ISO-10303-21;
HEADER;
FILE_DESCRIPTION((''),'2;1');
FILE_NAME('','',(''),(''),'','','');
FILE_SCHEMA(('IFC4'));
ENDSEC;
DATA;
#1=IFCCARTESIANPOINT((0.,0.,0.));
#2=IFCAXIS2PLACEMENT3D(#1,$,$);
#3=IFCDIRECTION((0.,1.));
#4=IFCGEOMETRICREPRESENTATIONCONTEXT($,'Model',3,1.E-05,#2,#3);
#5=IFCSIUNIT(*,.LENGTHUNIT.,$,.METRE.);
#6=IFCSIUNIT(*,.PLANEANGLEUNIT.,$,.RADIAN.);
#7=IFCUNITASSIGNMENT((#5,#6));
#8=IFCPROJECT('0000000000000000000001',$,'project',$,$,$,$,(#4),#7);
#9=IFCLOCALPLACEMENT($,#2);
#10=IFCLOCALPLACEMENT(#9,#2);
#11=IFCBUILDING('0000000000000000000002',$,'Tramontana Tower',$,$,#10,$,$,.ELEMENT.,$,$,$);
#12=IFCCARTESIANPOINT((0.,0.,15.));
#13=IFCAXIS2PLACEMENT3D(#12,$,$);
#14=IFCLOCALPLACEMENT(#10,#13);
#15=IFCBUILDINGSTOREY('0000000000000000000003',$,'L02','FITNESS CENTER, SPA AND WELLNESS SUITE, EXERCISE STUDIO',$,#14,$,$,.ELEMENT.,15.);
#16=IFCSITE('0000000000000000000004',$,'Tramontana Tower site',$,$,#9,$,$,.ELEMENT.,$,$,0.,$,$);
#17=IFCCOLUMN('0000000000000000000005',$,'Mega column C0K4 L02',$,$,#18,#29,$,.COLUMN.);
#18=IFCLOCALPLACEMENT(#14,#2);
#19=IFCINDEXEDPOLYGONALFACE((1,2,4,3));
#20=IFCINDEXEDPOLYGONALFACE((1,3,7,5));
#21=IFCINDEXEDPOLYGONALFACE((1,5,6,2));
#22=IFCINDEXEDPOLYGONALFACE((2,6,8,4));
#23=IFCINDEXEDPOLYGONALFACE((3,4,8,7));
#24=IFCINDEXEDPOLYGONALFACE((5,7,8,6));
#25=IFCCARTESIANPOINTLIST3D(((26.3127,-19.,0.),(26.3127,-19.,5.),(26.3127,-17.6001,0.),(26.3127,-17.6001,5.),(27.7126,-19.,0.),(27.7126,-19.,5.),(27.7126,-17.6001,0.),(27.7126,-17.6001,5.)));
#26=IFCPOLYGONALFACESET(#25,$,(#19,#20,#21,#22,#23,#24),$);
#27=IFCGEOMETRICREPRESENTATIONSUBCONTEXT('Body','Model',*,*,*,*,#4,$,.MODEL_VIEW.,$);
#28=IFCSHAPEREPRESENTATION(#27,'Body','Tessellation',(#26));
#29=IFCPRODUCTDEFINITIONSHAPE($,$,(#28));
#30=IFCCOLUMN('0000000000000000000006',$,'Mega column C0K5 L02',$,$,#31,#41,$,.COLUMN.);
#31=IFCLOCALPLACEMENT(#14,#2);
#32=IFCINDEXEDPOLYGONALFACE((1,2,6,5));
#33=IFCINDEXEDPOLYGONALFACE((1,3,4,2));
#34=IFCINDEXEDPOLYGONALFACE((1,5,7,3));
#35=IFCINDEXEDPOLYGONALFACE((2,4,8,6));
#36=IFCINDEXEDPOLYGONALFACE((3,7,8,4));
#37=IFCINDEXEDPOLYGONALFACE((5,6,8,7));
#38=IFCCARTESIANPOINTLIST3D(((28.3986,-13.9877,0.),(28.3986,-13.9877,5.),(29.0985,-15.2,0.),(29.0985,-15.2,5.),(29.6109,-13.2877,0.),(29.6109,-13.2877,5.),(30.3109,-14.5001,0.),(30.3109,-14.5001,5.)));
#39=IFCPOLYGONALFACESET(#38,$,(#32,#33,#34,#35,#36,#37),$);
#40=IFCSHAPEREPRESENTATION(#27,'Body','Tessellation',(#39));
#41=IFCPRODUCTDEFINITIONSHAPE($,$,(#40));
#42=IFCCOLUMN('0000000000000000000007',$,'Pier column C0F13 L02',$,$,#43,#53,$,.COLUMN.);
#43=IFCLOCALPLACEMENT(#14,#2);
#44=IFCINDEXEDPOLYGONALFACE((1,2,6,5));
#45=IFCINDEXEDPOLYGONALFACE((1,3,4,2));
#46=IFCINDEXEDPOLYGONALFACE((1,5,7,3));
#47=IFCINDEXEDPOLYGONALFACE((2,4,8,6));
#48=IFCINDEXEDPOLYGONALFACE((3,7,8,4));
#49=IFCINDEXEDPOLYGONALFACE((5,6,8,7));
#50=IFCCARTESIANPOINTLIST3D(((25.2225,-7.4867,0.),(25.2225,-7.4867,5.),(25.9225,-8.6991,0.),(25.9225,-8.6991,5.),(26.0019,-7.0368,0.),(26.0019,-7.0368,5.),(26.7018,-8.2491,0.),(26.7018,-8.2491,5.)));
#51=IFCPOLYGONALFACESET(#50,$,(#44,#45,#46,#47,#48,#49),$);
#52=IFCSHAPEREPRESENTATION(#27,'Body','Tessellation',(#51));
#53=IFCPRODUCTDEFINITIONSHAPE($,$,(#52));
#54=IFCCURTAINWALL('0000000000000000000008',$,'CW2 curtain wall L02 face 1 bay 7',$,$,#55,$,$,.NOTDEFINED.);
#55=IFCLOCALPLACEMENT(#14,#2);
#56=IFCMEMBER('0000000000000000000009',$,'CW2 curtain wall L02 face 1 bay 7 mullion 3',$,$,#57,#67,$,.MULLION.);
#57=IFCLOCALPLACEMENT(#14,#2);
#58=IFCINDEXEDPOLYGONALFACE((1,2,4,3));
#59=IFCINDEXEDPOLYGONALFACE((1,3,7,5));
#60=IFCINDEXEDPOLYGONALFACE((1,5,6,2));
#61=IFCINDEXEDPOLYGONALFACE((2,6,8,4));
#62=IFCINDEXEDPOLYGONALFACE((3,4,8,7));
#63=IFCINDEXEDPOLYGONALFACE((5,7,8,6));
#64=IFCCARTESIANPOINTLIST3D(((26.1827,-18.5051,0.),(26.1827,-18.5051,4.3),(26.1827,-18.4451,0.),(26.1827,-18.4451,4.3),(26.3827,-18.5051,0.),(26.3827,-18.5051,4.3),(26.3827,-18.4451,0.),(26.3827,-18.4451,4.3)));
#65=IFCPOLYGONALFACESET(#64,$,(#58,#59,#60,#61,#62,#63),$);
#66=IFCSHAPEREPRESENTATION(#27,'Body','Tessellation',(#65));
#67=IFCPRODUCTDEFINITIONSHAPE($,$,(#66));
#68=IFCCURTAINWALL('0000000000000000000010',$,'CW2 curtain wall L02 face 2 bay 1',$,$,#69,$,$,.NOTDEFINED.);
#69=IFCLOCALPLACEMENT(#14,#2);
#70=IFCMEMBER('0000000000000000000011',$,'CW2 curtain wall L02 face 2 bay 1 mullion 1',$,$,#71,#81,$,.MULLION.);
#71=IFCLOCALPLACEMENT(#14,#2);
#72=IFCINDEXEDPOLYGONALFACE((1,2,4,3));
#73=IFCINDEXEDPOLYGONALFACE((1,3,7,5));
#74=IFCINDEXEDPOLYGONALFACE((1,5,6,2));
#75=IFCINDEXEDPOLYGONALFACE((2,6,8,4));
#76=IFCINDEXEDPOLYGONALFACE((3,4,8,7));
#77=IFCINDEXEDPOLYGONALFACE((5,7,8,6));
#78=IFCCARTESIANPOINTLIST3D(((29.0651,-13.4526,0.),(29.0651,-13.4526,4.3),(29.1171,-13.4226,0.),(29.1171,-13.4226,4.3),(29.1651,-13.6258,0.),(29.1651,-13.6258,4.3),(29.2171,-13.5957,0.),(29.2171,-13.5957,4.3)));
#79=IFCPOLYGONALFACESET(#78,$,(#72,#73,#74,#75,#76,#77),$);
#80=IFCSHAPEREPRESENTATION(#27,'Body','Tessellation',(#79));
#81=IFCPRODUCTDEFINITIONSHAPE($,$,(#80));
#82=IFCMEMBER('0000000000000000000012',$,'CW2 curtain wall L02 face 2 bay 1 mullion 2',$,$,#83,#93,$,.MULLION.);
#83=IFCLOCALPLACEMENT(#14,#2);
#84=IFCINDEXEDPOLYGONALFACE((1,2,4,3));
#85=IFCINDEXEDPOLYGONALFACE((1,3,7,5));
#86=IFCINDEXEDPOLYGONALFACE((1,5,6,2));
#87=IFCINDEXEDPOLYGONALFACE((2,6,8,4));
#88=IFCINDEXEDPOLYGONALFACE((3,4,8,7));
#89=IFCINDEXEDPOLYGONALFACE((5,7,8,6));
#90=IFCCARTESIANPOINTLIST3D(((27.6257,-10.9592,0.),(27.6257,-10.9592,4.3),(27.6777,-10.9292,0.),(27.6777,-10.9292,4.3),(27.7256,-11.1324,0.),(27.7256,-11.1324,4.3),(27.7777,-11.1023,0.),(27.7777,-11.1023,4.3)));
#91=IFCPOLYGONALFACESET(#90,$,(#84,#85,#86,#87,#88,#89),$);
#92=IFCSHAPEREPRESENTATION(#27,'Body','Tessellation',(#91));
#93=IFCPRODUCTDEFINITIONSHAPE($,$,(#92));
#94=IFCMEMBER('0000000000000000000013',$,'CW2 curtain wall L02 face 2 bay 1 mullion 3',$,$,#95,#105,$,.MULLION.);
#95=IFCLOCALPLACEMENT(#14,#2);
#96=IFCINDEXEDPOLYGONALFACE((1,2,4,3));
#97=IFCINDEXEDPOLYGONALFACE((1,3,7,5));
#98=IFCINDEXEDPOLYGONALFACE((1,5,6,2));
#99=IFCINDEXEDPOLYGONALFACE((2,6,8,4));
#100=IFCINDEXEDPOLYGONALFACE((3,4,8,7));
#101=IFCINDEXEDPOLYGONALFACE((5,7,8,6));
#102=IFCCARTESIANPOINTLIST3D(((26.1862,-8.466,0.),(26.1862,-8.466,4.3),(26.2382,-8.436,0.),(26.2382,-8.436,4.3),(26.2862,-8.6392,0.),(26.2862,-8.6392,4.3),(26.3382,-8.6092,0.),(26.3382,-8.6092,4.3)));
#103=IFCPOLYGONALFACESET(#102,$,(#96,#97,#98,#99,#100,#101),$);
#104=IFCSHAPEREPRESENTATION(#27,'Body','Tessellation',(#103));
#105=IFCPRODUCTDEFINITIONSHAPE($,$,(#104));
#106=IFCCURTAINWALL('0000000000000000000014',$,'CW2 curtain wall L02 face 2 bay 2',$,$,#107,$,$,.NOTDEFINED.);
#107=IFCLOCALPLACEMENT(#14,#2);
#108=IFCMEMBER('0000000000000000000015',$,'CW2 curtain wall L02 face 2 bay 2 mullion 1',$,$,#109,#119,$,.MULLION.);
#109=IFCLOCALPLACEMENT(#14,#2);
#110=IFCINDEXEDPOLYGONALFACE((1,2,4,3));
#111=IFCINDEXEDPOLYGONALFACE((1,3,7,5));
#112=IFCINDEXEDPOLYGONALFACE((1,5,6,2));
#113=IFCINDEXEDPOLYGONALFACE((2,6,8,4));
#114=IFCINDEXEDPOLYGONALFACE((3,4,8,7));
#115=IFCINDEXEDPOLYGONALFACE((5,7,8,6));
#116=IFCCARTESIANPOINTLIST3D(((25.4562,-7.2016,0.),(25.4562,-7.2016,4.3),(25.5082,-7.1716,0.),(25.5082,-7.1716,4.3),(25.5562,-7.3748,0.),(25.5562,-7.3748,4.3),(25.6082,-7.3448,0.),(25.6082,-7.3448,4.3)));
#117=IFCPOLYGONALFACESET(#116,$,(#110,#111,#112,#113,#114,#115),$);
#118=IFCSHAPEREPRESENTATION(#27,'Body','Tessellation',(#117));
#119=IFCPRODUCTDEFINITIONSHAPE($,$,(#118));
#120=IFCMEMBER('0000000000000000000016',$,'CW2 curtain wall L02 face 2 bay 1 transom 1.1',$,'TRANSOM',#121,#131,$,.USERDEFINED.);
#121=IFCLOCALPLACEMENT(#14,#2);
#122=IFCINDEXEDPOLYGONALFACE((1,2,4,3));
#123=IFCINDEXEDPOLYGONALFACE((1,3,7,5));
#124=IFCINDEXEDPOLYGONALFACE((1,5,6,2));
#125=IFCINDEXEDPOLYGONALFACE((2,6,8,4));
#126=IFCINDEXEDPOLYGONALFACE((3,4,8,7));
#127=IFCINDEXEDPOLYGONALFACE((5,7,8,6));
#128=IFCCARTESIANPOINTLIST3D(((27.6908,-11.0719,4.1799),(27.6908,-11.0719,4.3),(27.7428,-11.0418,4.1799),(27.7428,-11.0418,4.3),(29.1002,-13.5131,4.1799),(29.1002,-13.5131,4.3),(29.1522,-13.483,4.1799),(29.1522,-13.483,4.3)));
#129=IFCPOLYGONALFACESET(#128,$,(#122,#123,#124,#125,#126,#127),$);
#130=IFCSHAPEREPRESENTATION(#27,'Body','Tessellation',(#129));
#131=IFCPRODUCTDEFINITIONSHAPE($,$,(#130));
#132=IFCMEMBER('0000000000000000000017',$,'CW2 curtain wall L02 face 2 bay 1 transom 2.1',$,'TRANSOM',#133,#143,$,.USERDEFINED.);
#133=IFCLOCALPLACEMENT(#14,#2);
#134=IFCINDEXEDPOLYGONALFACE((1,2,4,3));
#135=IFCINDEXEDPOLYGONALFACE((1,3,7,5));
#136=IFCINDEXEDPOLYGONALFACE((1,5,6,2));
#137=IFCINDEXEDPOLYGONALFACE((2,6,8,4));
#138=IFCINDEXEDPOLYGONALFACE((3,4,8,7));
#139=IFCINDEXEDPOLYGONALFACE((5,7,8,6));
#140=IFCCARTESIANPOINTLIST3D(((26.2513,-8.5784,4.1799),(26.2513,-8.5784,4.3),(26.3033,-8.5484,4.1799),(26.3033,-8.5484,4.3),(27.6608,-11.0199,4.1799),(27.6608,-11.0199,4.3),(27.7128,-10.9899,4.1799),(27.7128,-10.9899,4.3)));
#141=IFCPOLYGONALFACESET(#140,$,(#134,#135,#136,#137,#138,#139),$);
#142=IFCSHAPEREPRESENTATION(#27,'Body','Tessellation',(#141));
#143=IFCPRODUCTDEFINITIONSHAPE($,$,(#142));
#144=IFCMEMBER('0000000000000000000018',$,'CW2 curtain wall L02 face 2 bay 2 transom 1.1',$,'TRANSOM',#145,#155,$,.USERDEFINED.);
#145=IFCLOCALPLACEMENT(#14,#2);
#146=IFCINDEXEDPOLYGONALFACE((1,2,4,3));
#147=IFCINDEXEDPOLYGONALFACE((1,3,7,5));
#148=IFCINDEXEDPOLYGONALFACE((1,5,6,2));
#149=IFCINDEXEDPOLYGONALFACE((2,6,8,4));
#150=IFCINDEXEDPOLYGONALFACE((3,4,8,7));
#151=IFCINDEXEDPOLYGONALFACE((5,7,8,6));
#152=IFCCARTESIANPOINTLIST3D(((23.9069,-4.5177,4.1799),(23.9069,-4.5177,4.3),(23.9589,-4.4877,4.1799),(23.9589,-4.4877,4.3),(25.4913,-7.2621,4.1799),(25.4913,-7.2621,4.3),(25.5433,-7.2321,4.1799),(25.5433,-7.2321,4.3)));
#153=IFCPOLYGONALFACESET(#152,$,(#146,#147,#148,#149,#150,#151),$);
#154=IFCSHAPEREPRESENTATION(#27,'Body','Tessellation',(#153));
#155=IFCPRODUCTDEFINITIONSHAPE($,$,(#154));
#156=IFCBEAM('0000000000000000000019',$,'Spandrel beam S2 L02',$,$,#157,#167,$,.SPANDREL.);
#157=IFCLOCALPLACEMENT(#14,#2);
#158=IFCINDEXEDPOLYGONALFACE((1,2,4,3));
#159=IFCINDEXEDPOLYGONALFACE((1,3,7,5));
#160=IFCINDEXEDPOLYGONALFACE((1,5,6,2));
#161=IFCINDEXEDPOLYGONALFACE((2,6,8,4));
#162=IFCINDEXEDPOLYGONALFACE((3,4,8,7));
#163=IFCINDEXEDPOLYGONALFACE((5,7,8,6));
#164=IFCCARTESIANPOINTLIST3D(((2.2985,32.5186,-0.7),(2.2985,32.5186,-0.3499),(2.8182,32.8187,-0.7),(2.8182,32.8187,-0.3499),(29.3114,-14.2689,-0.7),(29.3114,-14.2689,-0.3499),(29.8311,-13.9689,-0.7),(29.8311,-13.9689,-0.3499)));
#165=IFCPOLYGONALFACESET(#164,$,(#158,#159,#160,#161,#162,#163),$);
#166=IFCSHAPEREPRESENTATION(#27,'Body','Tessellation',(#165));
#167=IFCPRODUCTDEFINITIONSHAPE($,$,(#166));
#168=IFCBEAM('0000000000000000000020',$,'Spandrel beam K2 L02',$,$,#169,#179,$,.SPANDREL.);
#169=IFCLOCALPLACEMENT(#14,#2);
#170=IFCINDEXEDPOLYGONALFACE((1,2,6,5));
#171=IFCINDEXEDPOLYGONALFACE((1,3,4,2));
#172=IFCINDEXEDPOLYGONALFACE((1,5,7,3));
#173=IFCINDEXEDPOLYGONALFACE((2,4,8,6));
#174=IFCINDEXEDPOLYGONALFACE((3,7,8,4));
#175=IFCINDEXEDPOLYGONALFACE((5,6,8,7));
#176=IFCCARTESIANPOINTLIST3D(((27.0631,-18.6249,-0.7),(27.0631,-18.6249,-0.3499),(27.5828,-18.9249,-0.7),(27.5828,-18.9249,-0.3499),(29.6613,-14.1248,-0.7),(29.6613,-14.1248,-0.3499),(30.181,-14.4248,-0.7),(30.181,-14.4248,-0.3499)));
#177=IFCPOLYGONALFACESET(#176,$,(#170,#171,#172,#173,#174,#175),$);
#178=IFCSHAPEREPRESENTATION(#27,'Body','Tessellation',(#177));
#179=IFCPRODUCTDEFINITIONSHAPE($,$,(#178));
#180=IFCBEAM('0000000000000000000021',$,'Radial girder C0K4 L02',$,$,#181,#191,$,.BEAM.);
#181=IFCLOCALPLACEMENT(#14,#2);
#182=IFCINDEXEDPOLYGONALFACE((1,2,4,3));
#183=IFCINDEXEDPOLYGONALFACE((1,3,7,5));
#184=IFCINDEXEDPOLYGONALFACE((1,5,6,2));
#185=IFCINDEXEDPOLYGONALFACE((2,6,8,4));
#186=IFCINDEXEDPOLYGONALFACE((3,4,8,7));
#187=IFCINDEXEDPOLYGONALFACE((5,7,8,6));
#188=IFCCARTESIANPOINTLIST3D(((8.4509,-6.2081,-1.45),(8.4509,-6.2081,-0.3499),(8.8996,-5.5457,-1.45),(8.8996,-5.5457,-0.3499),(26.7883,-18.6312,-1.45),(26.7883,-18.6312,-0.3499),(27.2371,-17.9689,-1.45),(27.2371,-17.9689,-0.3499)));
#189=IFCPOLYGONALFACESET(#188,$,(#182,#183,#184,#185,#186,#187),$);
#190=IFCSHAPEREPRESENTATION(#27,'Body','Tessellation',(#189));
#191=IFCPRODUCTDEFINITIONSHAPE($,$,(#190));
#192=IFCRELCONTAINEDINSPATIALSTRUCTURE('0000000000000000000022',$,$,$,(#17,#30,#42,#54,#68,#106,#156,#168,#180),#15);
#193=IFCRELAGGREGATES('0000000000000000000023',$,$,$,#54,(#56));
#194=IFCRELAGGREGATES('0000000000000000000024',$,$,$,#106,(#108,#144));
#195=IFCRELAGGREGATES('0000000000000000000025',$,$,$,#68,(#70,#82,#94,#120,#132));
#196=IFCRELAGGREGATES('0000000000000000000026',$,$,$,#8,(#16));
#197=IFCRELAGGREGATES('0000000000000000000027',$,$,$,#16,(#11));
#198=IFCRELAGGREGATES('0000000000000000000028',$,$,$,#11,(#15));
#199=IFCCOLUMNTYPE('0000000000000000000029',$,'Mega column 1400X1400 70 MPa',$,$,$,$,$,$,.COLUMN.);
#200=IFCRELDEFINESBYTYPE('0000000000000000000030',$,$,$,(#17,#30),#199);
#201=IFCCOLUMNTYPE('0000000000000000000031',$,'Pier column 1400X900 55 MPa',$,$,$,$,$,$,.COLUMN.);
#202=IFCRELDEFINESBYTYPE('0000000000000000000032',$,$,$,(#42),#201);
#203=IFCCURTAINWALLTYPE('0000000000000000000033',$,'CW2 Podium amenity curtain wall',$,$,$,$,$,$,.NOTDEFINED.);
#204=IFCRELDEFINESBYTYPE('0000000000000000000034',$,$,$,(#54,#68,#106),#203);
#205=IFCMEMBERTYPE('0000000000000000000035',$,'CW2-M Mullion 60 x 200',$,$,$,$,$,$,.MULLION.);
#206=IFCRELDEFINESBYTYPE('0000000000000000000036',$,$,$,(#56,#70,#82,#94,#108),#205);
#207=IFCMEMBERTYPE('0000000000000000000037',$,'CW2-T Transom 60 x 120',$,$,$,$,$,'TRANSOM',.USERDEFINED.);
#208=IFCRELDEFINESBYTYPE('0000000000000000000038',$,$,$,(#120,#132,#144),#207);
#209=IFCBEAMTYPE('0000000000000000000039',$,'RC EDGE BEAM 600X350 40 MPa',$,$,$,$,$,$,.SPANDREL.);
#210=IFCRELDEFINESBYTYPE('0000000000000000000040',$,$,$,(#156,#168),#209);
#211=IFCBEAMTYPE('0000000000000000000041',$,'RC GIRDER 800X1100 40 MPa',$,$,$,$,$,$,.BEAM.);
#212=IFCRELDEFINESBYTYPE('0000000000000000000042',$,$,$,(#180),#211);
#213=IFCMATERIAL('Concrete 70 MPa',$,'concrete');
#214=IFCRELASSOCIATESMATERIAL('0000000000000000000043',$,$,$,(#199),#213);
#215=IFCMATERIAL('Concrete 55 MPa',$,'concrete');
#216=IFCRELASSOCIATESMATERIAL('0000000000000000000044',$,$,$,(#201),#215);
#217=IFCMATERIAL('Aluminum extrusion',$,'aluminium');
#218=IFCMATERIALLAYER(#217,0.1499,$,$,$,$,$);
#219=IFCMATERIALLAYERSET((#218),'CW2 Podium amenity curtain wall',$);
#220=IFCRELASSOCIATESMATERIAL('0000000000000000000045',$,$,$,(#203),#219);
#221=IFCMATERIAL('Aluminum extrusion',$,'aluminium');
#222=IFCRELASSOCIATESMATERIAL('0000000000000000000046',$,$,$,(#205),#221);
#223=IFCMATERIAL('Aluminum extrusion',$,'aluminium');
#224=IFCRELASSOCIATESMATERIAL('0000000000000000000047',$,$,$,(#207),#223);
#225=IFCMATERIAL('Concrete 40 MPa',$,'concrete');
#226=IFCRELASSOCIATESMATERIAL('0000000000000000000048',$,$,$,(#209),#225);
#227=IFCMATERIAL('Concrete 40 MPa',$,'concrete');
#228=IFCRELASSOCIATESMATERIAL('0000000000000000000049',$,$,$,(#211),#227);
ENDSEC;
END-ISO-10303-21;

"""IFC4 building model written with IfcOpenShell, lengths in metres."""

from ifc_helpers import new_model, si_unit, direction, frame, origin, origin_2d, place, context, subcontext, project, spatial, rectangle, extrude, material, layer, layer_set, material_profile, profile_set, type_object, element, aggregate, save


model = new_model("IFC4")

# Units and contexts
model_context = context("Model", 3, precision=1e-05, world=origin(), true_north=direction((0.0, 1.0)))
body_context = subcontext(model_context, "Body", "Model", "MODEL_VIEW")
ifc_project = project(units=[si_unit("LENGTHUNIT", "METRE"), si_unit("PLANEANGLEUNIT", "RADIAN")], contexts=[model_context])

# Site, building, storey
site_placement = place(None, origin())
site = spatial("IfcSite", under=ifc_project, at=site_placement, Name="Tramontana Tower site", CompositionType="ELEMENT", RefElevation=0.0)
building_placement = place(site_placement, origin())
building = spatial("IfcBuilding", under=site, at=building_placement, Name="Tramontana Tower", CompositionType="ELEMENT")
storey_placement = place(building_placement, frame((0.0, 0.0, 15.0)))
storey = spatial("IfcBuildingStorey", under=building, at=storey_placement, Name="L02", Description="FITNESS CENTER, SPA AND WELLNESS SUITE, EXERCISE STUDIO", CompositionType="ELEMENT", Elevation=15.0)

# Columns
ifc_material_1 = material(Name="Concrete 70 MPa", Category="concrete")
ifc_material_profile_1 = material_profile(ifc_material_1, rectangle(XDim=1.3999, YDim=1.3999, at=origin_2d()), Name="Mega column 1400X1400 70 MPa")
ifc_profile_set_1 = profile_set([ifc_material_profile_1], Name="Concrete 70 MPa")
column_type_1 = type_object("IfcColumnType", Name="Mega column 1400X1400 70 MPa", PredefinedType="COLUMN", material=ifc_profile_set_1)
for number, where, z_axis, x_axis, name in (
    (1, (27.0127, -18.3, 0.0), (0.0, 0.0, 1.0), (1.0, 0.0, 0.0), "Mega column C0K4 L02"),
    (2, (29.3547, -14.2439, 0.0), (0.0, 0.0, 1.0), (-0.5, 0.866025, 0.0), "Mega column C0K5 L02"),
):
    element("IfcColumn", number, at=place(storey_placement, frame(where, z_axis=z_axis, x_axis=x_axis)), inside=storey, type_object=column_type_1, Name=name, PredefinedType="COLUMN", context=body_context, shape_type="SweptSolid", body=[
        extrude(rectangle(XDim=1.3999, YDim=1.3999, at=origin_2d()), origin(), (0.0, 0.0, 1.0), 5.0),
    ])
ifc_material_2 = material(Name="Concrete 55 MPa", Category="concrete")
ifc_material_profile_2 = material_profile(ifc_material_2, rectangle(XDim=1.3999, YDim=0.8999, at=origin_2d()), Name="Pier column 1400X900 55 MPa")
ifc_profile_set_2 = profile_set([ifc_material_profile_2], Name="Concrete 55 MPa")
column_type_2 = type_object("IfcColumnType", Name="Pier column 1400X900 55 MPa", PredefinedType="COLUMN", material=ifc_profile_set_2)
column_placement = place(storey_placement, frame((25.9622, -7.8679, 0.0), z_axis=(0.0, 0.0, 1.0), x_axis=(-0.5, 0.866025, 0.0)))
element("IfcColumn", 3, at=column_placement, inside=storey, type_object=column_type_2, Name="Pier column C0F13 L02", PredefinedType="COLUMN", context=body_context, shape_type="SweptSolid", body=[
    extrude(rectangle(XDim=1.3999, YDim=0.8999, at=origin_2d()), origin(), (0.0, 0.0, 1.0), 5.0),
])

# Curtain wall, member
ifc_material_3 = material(Name="Aluminum extrusion", Category="aluminium")
ifc_layer_1 = layer(ifc_material_3, 0.1499)
ifc_layer_set_1 = layer_set([ifc_layer_1], Name="CW2 Podium amenity curtain wall")
curtain_wall_type = type_object("IfcCurtainWallType", Name="CW2 Podium amenity curtain wall", PredefinedType="NOTDEFINED", material=ifc_layer_set_1)
curtain_wall_1_placement = place(storey_placement, origin())
curtain_wall_1 = element("IfcCurtainWall", 4, at=curtain_wall_1_placement, inside=storey, type_object=curtain_wall_type, Name="CW2 curtain wall L02 face 1 bay 7", PredefinedType="NOTDEFINED")
ifc_material_4 = material(Name="Aluminum extrusion", Category="aluminium")
ifc_material_profile_3 = material_profile(ifc_material_4, rectangle(XDim=0.0601, YDim=0.2, at=origin_2d()), Name="CW2-M Mullion 60 x 200")
ifc_profile_set_3 = profile_set([ifc_material_profile_3], Name="Aluminum extrusion")
member_type_1 = type_object("IfcMemberType", Name="CW2-M Mullion 60 x 200", PredefinedType="MULLION", material=ifc_profile_set_3)
member_1_placement = place(storey_placement, frame((26.2827, -18.4751, 0.0), z_axis=(0.0, 0.0, 1.0), x_axis=(0.0, 1.0, 0.0)))
member_1 = element("IfcMember", 5, at=member_1_placement, type_object=member_type_1, Name="CW2 curtain wall L02 face 1 bay 7 mullion 3", PredefinedType="MULLION", context=body_context, shape_type="SweptSolid", body=[
    extrude(rectangle(XDim=0.0601, YDim=0.2, at=origin_2d()), origin(), (0.0, 0.0, 1.0), 4.3),
])
aggregate(curtain_wall_1, [member_1])

# Curtain wall, members
curtain_wall_2_placement = place(storey_placement, origin())
curtain_wall_2 = element("IfcCurtainWall", 6, at=curtain_wall_2_placement, inside=storey, type_object=curtain_wall_type, Name="CW2 curtain wall L02 face 2 bay 1", PredefinedType="NOTDEFINED")
member_2_placement = place(storey_placement, frame((29.1411, -13.5242, 0.0), z_axis=(0.0, 0.0, 1.0), x_axis=(-0.866025, -0.5, 0.0)))
member_2 = element("IfcMember", 7, at=member_2_placement, type_object=member_type_1, Name="CW2 curtain wall L02 face 2 bay 1 mullion 1", PredefinedType="MULLION", context=body_context, shape_type="SweptSolid", body=[
    extrude(rectangle(XDim=0.0601, YDim=0.2, at=origin_2d()), origin(), (0.0, 0.0, 1.0), 4.3),
])
member_3_placement = place(storey_placement, frame((27.7017, -11.0308, 0.0), z_axis=(0.0, 0.0, 1.0), x_axis=(-0.866025, -0.5, 0.0)))
member_3 = element("IfcMember", 8, at=member_3_placement, type_object=member_type_1, Name="CW2 curtain wall L02 face 2 bay 1 mullion 2", PredefinedType="MULLION", context=body_context, shape_type="SweptSolid", body=[
    extrude(rectangle(XDim=0.0601, YDim=0.2, at=origin_2d()), origin(), (0.0, 0.0, 1.0), 4.3),
])
member_4_placement = place(storey_placement, frame((26.2622, -8.5376, 0.0), z_axis=(0.0, 0.0, 1.0), x_axis=(-0.866025, -0.5, 0.0)))
member_4 = element("IfcMember", 9, at=member_4_placement, type_object=member_type_1, Name="CW2 curtain wall L02 face 2 bay 1 mullion 3", PredefinedType="MULLION", context=body_context, shape_type="SweptSolid", body=[
    extrude(rectangle(XDim=0.0601, YDim=0.2, at=origin_2d()), origin(), (0.0, 0.0, 1.0), 4.3),
])

# Curtain wall, member
curtain_wall_3_placement = place(storey_placement, origin())
curtain_wall_3 = element("IfcCurtainWall", 10, at=curtain_wall_3_placement, inside=storey, type_object=curtain_wall_type, Name="CW2 curtain wall L02 face 2 bay 2", PredefinedType="NOTDEFINED")
member_5_placement = place(storey_placement, frame((25.5322, -7.2732, 0.0), z_axis=(0.0, 0.0, 1.0), x_axis=(-0.866025, -0.5, 0.0)))
member_5 = element("IfcMember", 11, at=member_5_placement, type_object=member_type_1, Name="CW2 curtain wall L02 face 2 bay 2 mullion 1", PredefinedType="MULLION", context=body_context, shape_type="SweptSolid", body=[
    extrude(rectangle(XDim=0.0601, YDim=0.2, at=origin_2d()), origin(), (0.0, 0.0, 1.0), 4.3),
])

# Members
ifc_material_5 = material(Name="Aluminum extrusion", Category="aluminium")
ifc_material_profile_4 = material_profile(ifc_material_5, rectangle(XDim=0.0601, YDim=0.1201, at=origin_2d()), Name="CW2-T Transom 60 x 120")
ifc_profile_set_4 = profile_set([ifc_material_profile_4], Name="Aluminum extrusion")
member_type_2 = type_object("IfcMemberType", Name="CW2-T Transom 60 x 120", ElementType="TRANSOM", PredefinedType="USERDEFINED", material=ifc_profile_set_4)
member_6_placement = place(storey_placement, frame((29.1262, -13.498, 4.24), z_axis=(-0.500005, 0.866023, 0.0), x_axis=(-0.866023, -0.500005, 0.0)))
member_6 = element("IfcMember", 12, at=member_6_placement, type_object=member_type_2, Name="CW2 curtain wall L02 face 2 bay 1 transom 1.1", ObjectType="TRANSOM", PredefinedType="USERDEFINED", context=body_context, shape_type="SweptSolid", body=[
    extrude(rectangle(XDim=0.0601, YDim=0.1201, at=origin_2d()), origin(), (0.0, 0.0, 1.0), 2.8188),
])
member_7_placement = place(storey_placement, frame((27.6868, -11.0049, 4.24), z_axis=(-0.499967, 0.866044, 0.0), x_axis=(-0.866044, -0.499967, 0.0)))
member_7 = element("IfcMember", 13, at=member_7_placement, type_object=member_type_2, Name="CW2 curtain wall L02 face 2 bay 1 transom 2.1", ObjectType="TRANSOM", PredefinedType="USERDEFINED", context=body_context, shape_type="SweptSolid", body=[
    extrude(rectangle(XDim=0.0601, YDim=0.1201, at=origin_2d()), origin(), (0.0, 0.0, 1.0), 2.8191),
])
member_8_placement = place(storey_placement, frame((25.5173, -7.2471, 4.24), z_axis=(-0.5, 0.866025, 0.0), x_axis=(-0.866025, -0.5, 0.0)))
member_8 = element("IfcMember", 14, at=member_8_placement, type_object=member_type_2, Name="CW2 curtain wall L02 face 2 bay 2 transom 1.1", ObjectType="TRANSOM", PredefinedType="USERDEFINED", context=body_context, shape_type="SweptSolid", body=[
    extrude(rectangle(XDim=0.0601, YDim=0.1201, at=origin_2d()), origin(), (0.0, 0.0, 1.0), 3.1689),
])
aggregate(curtain_wall_3, [member_5, member_8])

# Beams
ifc_material_6 = material(Name="Concrete 40 MPa", Category="concrete")
ifc_material_profile_5 = material_profile(ifc_material_6, rectangle(XDim=0.6001, YDim=0.3501, at=origin_2d()), Name="RC EDGE BEAM 600X350 40 MPa")
ifc_profile_set_5 = profile_set([ifc_material_profile_5], Name="Concrete 40 MPa")
beam_type_1 = type_object("IfcBeamType", Name="RC EDGE BEAM 600X350 40 MPa", PredefinedType="SPANDREL", material=ifc_profile_set_5)
beam_1_placement = place(storey_placement, frame((29.5713, -14.1189, -0.5249), z_axis=(-0.500001, 0.866025, 0.0), x_axis=(-0.866025, -0.500001, 0.0)))
element("IfcBeam", 15, at=beam_1_placement, inside=storey, type_object=beam_type_1, Name="Spandrel beam S2 L02", PredefinedType="SPANDREL", context=body_context, shape_type="SweptSolid", body=[
    extrude(rectangle(XDim=0.6001, YDim=0.3501, at=origin_2d()), origin(), (0.0, 0.0, 1.0), 54.0256),
])
beam_2_placement = place(storey_placement, frame((27.323, -18.7749, -0.5249), z_axis=(0.50001, 0.86602, 0.0), x_axis=(-0.86602, 0.50001, 0.0)))
element("IfcBeam", 16, at=beam_2_placement, inside=storey, type_object=beam_type_1, Name="Spandrel beam K2 L02", PredefinedType="SPANDREL", context=body_context, shape_type="SweptSolid", body=[
    extrude(rectangle(XDim=0.6001, YDim=0.3501, at=origin_2d()), origin(), (0.0, 0.0, 1.0), 5.1963),
])
ifc_material_7 = material(Name="Concrete 40 MPa", Category="concrete")
ifc_material_profile_6 = material_profile(ifc_material_7, rectangle(XDim=0.8, YDim=1.1001, at=origin_2d()), Name="RC GIRDER 800X1100 40 MPa")
ifc_profile_set_6 = profile_set([ifc_material_profile_6], Name="Concrete 40 MPa")
beam_type_2 = type_object("IfcBeamType", Name="RC GIRDER 800X1100 40 MPa", PredefinedType="BEAM", material=ifc_profile_set_6)
beam_3_placement = place(storey_placement, frame((27.0127, -18.3, -0.8999), z_axis=(-0.827898, 0.560879, 0.0), x_axis=(-0.560879, -0.827898, 0.0)))
element("IfcBeam", 17, at=beam_3_placement, inside=storey, type_object=beam_type_2, Name="Radial girder C0K4 L02", PredefinedType="BEAM", context=body_context, shape_type="SweptSolid", body=[
    extrude(rectangle(XDim=0.8, YDim=1.1001, at=origin_2d()), origin(), (0.0, 0.0, 1.0), 22.1494),
])

aggregate(curtain_wall_2, [member_2, member_3, member_4, member_6, member_7])

save(model, "model.ifc")
